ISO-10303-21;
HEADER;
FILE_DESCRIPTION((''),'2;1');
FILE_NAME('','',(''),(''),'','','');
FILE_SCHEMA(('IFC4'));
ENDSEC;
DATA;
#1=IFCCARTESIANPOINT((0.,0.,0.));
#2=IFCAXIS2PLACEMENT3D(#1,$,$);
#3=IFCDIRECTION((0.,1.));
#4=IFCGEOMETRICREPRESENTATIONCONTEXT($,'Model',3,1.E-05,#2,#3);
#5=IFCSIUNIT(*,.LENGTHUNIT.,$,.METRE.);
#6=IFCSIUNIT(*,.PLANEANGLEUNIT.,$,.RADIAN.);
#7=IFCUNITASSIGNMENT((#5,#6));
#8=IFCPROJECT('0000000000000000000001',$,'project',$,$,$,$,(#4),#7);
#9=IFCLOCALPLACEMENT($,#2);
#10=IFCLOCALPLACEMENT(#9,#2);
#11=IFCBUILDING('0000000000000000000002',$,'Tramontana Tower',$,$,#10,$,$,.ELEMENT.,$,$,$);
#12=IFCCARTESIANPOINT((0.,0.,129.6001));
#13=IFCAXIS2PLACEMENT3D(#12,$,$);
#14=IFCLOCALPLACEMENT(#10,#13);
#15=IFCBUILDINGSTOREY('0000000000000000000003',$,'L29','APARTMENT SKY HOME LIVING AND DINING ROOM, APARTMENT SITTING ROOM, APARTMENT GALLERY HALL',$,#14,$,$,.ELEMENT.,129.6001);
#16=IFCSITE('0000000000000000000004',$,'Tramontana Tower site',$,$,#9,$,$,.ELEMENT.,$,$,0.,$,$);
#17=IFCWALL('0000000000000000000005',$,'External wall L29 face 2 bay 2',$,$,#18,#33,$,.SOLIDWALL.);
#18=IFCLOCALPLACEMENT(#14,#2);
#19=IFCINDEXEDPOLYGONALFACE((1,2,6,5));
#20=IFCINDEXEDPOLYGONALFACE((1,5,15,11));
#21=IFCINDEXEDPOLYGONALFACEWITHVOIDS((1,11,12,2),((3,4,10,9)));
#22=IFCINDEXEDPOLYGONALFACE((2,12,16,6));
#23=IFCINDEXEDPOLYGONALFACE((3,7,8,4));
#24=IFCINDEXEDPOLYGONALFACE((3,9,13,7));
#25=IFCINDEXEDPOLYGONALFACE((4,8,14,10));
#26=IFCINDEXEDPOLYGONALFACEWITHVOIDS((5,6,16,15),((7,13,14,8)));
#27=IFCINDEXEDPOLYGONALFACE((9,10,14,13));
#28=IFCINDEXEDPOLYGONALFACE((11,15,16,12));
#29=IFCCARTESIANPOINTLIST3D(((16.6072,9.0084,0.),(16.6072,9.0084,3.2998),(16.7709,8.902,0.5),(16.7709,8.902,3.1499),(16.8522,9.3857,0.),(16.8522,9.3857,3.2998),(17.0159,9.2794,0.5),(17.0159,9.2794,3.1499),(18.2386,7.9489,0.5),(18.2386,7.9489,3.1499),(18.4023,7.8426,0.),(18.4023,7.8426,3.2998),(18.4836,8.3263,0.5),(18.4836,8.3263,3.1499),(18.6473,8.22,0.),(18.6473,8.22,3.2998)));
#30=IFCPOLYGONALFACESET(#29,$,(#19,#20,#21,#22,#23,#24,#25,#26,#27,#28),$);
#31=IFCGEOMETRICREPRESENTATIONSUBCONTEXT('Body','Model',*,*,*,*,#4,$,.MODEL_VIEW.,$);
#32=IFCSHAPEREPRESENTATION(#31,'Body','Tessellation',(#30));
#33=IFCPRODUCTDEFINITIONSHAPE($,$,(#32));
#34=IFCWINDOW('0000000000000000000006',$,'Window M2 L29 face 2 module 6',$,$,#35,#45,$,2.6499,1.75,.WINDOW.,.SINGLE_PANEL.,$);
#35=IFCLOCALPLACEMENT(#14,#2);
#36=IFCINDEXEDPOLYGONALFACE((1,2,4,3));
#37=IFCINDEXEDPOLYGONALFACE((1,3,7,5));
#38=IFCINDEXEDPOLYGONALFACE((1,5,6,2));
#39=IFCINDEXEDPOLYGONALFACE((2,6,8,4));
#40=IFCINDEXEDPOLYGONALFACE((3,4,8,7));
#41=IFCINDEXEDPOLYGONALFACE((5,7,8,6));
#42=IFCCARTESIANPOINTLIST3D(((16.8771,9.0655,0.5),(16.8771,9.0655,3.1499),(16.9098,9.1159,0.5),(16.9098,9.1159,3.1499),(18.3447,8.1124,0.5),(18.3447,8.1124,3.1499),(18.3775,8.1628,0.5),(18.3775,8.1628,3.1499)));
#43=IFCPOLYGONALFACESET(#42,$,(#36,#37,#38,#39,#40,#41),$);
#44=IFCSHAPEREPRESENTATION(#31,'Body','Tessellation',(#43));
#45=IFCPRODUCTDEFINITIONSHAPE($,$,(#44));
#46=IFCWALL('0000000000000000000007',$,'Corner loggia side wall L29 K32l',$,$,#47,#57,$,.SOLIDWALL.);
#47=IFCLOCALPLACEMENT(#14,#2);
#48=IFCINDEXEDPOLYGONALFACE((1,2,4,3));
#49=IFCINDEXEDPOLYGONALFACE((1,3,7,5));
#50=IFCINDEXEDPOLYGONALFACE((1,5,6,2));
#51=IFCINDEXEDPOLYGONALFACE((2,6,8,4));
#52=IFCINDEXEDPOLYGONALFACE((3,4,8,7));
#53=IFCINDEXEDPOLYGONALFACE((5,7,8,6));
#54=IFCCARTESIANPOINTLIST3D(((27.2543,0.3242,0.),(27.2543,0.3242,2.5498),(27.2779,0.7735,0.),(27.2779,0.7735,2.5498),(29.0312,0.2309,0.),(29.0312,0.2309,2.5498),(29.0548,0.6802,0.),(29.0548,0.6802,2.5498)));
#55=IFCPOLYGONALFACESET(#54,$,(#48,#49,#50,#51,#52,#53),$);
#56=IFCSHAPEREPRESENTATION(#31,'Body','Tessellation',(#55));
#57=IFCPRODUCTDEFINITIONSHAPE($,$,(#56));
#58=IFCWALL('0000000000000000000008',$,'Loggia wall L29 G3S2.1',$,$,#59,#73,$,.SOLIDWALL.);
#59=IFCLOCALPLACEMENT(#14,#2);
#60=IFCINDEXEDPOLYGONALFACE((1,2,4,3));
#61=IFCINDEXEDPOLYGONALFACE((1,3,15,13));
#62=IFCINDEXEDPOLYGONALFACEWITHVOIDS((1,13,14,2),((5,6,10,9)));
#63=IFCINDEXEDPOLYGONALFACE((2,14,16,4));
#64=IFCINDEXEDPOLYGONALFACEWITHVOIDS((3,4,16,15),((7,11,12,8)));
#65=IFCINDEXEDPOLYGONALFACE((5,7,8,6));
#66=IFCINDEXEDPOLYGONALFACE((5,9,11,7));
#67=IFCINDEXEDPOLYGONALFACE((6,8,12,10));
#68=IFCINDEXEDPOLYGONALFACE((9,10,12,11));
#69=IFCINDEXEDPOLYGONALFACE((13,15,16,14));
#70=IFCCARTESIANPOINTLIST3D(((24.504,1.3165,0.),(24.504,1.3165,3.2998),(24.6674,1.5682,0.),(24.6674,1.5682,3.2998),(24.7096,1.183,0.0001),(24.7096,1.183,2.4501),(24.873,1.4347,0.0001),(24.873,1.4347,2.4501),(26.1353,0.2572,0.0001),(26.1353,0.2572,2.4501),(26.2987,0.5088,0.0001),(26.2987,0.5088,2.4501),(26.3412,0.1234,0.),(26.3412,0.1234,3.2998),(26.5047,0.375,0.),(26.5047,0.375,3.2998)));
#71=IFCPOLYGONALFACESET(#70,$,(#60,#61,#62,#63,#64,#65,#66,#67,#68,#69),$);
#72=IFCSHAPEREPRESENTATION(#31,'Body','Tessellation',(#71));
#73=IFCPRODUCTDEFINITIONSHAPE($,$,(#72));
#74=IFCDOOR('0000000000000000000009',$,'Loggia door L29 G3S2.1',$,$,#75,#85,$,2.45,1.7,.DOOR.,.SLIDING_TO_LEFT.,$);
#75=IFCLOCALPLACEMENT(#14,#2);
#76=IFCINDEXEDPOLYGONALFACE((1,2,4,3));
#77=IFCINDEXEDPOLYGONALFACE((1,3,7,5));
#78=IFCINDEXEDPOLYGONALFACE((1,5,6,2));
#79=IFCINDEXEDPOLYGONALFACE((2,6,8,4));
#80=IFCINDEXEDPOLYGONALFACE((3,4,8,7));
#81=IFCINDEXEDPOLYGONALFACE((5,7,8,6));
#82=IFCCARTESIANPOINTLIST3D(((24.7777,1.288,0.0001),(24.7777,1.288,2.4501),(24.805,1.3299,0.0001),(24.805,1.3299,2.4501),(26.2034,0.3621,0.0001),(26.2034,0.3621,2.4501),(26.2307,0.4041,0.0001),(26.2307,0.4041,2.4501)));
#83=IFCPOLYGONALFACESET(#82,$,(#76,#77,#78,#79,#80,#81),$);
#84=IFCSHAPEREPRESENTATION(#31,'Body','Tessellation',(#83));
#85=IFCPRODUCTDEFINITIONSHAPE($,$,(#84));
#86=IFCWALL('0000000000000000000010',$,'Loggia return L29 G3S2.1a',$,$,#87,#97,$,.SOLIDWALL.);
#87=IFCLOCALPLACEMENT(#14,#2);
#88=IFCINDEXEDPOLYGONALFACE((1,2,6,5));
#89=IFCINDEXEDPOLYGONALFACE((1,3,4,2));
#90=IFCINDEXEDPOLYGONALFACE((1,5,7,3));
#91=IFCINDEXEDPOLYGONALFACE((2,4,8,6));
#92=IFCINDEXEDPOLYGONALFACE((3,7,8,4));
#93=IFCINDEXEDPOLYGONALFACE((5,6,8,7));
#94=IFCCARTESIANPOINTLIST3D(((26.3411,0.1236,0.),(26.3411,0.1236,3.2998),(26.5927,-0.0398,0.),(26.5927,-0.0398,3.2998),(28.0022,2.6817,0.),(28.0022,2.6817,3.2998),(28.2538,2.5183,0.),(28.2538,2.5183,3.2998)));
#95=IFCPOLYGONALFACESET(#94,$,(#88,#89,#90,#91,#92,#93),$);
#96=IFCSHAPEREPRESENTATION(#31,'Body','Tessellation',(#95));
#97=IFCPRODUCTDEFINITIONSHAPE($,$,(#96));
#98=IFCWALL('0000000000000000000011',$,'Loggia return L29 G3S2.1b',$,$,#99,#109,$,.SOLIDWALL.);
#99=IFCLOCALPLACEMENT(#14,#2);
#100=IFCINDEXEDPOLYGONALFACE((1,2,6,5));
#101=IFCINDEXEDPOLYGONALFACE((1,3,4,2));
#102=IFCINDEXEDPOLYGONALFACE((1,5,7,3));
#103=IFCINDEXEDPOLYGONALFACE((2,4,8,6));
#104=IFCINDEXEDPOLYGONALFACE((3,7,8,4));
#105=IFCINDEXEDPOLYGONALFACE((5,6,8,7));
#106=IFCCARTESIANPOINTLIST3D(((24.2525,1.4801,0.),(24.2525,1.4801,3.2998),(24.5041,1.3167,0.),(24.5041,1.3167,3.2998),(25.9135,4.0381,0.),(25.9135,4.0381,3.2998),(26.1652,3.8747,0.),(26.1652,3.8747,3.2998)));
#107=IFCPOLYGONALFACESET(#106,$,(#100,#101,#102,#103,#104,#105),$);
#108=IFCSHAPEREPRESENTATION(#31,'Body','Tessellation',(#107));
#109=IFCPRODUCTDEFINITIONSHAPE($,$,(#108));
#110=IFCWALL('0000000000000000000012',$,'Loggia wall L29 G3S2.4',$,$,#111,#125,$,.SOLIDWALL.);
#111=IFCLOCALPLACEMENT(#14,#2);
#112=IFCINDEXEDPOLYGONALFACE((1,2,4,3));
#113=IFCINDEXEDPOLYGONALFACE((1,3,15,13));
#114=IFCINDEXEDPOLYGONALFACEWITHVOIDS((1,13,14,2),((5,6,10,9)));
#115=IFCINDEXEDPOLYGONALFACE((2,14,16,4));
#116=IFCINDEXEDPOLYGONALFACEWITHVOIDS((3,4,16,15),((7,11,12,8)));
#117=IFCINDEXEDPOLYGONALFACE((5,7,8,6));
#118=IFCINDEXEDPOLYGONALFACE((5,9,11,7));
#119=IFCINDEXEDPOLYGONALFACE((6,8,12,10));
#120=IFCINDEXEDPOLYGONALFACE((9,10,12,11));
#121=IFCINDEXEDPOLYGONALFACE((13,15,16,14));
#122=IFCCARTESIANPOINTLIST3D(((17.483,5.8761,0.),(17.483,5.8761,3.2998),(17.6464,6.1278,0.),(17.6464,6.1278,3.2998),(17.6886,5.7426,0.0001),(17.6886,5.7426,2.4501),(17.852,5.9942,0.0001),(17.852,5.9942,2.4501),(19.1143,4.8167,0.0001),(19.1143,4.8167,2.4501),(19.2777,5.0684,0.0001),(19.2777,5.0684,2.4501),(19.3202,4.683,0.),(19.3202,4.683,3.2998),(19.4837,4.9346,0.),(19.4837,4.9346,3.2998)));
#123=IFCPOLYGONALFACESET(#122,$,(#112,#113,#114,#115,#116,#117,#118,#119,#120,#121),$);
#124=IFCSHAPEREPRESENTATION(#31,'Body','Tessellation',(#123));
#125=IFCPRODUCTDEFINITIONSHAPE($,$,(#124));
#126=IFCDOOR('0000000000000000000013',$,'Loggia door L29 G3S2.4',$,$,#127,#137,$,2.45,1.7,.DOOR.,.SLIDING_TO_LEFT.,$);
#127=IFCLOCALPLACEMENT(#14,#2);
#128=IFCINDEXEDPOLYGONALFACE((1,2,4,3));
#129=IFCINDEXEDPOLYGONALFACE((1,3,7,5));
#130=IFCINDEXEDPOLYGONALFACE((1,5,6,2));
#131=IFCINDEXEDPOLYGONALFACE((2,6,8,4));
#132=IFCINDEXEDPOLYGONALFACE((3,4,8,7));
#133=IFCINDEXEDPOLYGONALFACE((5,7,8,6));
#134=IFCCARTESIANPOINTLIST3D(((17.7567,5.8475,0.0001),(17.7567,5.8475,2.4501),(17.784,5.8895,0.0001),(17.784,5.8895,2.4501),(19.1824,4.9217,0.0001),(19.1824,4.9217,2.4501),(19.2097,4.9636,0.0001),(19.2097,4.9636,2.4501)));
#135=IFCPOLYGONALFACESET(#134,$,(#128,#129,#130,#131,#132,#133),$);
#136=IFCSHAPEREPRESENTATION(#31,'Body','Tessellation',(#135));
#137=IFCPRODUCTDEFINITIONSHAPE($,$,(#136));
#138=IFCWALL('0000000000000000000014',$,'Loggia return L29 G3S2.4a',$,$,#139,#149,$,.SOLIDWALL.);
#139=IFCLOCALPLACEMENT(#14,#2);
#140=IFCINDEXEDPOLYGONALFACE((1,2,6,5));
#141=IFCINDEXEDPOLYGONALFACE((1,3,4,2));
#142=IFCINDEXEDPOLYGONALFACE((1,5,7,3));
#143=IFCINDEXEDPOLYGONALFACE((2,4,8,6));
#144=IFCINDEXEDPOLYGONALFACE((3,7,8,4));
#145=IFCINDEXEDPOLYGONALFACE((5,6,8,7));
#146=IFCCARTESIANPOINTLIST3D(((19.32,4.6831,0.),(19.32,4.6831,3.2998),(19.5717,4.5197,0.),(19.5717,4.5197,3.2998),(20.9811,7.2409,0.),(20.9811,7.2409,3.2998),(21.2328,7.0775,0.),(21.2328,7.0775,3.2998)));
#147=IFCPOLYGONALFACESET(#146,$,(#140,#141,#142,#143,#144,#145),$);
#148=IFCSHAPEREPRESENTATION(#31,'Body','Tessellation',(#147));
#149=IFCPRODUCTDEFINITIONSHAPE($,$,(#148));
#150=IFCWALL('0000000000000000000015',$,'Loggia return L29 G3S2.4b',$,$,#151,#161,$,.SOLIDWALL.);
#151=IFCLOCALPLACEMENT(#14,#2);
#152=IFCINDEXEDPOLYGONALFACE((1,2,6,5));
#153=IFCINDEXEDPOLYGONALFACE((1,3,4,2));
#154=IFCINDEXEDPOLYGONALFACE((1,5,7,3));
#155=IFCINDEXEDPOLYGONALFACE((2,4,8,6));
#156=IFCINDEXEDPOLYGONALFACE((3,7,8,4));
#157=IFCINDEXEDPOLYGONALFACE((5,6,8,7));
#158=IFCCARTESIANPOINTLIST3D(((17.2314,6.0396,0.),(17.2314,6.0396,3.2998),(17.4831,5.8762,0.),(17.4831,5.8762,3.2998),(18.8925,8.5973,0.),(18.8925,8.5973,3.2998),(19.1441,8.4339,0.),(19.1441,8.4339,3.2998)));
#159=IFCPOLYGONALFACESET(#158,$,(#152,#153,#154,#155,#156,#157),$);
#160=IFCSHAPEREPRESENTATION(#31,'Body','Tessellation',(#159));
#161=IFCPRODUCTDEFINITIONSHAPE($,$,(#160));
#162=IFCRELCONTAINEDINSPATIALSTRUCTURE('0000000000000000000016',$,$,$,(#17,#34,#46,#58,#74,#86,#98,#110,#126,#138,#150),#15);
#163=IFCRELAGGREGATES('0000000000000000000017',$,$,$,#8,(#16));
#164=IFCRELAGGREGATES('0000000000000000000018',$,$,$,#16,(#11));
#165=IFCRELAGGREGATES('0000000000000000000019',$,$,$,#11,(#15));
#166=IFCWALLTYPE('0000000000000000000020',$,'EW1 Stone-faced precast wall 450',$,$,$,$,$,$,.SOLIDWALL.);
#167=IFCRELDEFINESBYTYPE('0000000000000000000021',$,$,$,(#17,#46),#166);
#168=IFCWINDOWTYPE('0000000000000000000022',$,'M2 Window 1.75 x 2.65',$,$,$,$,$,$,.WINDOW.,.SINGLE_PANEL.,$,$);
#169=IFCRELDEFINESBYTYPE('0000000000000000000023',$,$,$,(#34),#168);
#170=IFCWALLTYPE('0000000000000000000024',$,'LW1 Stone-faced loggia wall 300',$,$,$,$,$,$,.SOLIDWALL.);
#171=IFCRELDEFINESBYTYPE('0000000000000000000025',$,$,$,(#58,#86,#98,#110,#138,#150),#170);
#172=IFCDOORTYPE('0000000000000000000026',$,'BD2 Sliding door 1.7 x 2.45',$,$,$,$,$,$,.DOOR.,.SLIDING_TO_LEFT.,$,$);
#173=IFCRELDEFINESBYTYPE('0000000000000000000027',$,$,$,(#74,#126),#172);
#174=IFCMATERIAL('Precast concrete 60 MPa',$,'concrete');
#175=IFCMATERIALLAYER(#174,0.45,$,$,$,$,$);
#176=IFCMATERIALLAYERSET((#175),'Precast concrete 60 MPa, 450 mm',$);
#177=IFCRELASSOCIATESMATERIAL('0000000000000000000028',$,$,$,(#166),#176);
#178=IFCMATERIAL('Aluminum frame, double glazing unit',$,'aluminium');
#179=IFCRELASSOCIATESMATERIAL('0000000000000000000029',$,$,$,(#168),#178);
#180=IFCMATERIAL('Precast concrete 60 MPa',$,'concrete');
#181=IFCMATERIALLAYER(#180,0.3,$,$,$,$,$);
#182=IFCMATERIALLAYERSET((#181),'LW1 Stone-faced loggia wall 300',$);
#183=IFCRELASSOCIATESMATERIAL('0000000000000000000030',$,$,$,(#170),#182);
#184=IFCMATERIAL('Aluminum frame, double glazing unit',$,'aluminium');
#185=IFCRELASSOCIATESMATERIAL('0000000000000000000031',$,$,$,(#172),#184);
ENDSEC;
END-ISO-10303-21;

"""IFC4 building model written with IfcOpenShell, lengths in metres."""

from ifc_helpers import new_model, si_unit, direction, frame, frame_2d, origin, place, context, subcontext, project, spatial, rectangle, extrude, material, layer, layer_set, type_object, element, fill, save


model = new_model("IFC4")

# Units and contexts
model_context = context("Model", 3, precision=1e-05, world=origin(), true_north=direction((0.0, 1.0)))
body_context = subcontext(model_context, "Body", "Model", "MODEL_VIEW")
ifc_project = project(units=[si_unit("LENGTHUNIT", "METRE"), si_unit("PLANEANGLEUNIT", "RADIAN")], contexts=[model_context])

# Site, building, storey
site_placement = place(None, origin())
site = spatial("IfcSite", under=ifc_project, at=site_placement, Name="Tramontana Tower site", CompositionType="ELEMENT", RefElevation=0.0)
building_placement = place(site_placement, origin())
building = spatial("IfcBuilding", under=site, at=building_placement, Name="Tramontana Tower", CompositionType="ELEMENT")
storey_placement = place(building_placement, frame((0.0, 0.0, 129.6001)))
storey = spatial("IfcBuildingStorey", under=building, at=storey_placement, Name="L29", Description="APARTMENT SKY HOME LIVING AND DINING ROOM, APARTMENT SITTING ROOM, APARTMENT GALLERY HALL", CompositionType="ELEMENT", Elevation=129.6001)

# Wall, opening, window
ifc_material_1 = material(Name="Precast concrete 60 MPa", Category="concrete")
ifc_layer_1 = layer(ifc_material_1, 0.45)
ifc_layer_set_1 = layer_set([ifc_layer_1], Name="Precast concrete 60 MPa, 450 mm")
wall_type_1 = type_object("IfcWallType", Name="EW1 Stone-faced precast wall 450", PredefinedType="SOLIDWALL", material=ifc_layer_set_1)
ifc_material_2 = material(Name="Aluminum frame, double glazing unit", Category="aluminium")
window_type_1 = type_object("IfcWindowType", Name="M2 Window 1.75 x 2.65", PartitioningType="SINGLE_PANEL", PredefinedType="WINDOW", material=ifc_material_2)
wall_1_placement = place(storey_placement, frame((18.5249, 8.0312, 0.0), z_axis=(0.0, 0.0, 1.0), x_axis=(-0.838675, 0.544631, 0.0)))
wall_1 = element("IfcWall", 1, at=wall_1_placement, inside=storey, type_object=wall_type_1, Name="External wall L29 face 2 bay 2", PredefinedType="SOLIDWALL", context=body_context, shape_type="SweptSolid", body=[
    extrude(rectangle(XDim=2.1404, YDim=0.45, at=frame_2d((1.0703, 0.0))), origin(), (0.0, 0.0, 1.0), 3.2998),
])
opening_1_placement = place(wall_1_placement, frame((0.1953, 0.0, 0.5)))
opening_1 = element("IfcOpeningElement", 2, at=opening_1_placement, cuts=wall_1, PredefinedType="OPENING", context=body_context, shape_type="SweptSolid", body=[
    extrude(rectangle(XDim=1.75, YDim=2.6499, at=frame_2d((0.875, 1.325))), frame((0.0, 0.2349, 0.0), z_axis=(0.0, -1.0, 0.0), x_axis=(1.0, 0.0, 0.0)), (0.0, 0.0, 1.0), 0.47),
])
window_1_placement = place(opening_1_placement, origin())
window_1 = element("IfcWindow", 3, at=window_1_placement, inside=storey, type_object=window_type_1, Name="Window M2 L29 face 2 module 6", OverallHeight=2.6499, OverallWidth=1.75, PartitioningType="SINGLE_PANEL", PredefinedType="WINDOW", context=body_context, shape_type="SweptSolid", body=[
    extrude(rectangle(XDim=1.75, YDim=2.6499, at=frame_2d((0.875, 1.325))), frame((0.0, 0.03, 0.0), z_axis=(0.0, -1.0, 0.0), x_axis=(1.0, 0.0, 0.0)), (0.0, 0.0, 1.0), 0.0601),
])
fill(opening_1, window_1)

# Wall
wall_2_placement = place(storey_placement, frame((29.043, 0.4556, 0.0), z_axis=(0.0, 0.0, 1.0), x_axis=(-0.998625, 0.052415, 0.0)))
element("IfcWall", 4, at=wall_2_placement, inside=storey, type_object=wall_type_1, Name="Corner loggia side wall L29 K32l", PredefinedType="SOLIDWALL", context=body_context, shape_type="SweptSolid", body=[
    extrude(rectangle(XDim=1.7793, YDim=0.45, at=frame_2d((0.8896, 0.0))), origin(), (0.0, 0.0, 1.0), 2.5498),
])

# Wall, opening, door
ifc_material_3 = material(Name="Precast concrete 60 MPa", Category="concrete")
ifc_layer_2 = layer(ifc_material_3, 0.3)
ifc_layer_set_2 = layer_set([ifc_layer_2], Name="LW1 Stone-faced loggia wall 300")
wall_type_2 = type_object("IfcWallType", Name="LW1 Stone-faced loggia wall 300", PredefinedType="SOLIDWALL", material=ifc_layer_set_2)
wall_3_placement = place(storey_placement, frame((26.4229, 0.2493, 0.0), z_axis=(0.0, 0.0, 1.0), x_axis=(-0.83866, 0.544655, 0.0)))
wall_3 = element("IfcWall", 5, at=wall_3_placement, inside=storey, type_object=wall_type_2, Name="Loggia wall L29 G3S2.1", PredefinedType="SOLIDWALL", context=body_context, shape_type="SweptSolid", body=[
    extrude(rectangle(XDim=2.1907, YDim=0.3, at=frame_2d((1.0952, 0.0))), origin(), (0.0, 0.0, 1.0), 3.2998),
])
opening_2_placement = place(wall_3_placement, frame((0.2454, 0.0, 0.0)))
opening_2 = element("IfcOpeningElement", 6, at=opening_2_placement, cuts=wall_3, PredefinedType="OPENING", context=body_context, shape_type="SweptSolid", body=[
    extrude(rectangle(XDim=1.7, YDim=2.45, at=frame_2d((0.8501, 1.2251))), frame((0.0, 0.1599, 0.0), z_axis=(0.0, -1.0, 0.0), x_axis=(1.0, 0.0, 0.0)), (0.0, 0.0, 1.0), 0.3201),
])
ifc_material_4 = material(Name="Aluminum frame, double glazing unit", Category="aluminium")
door_type_1 = type_object("IfcDoorType", Name="BD2 Sliding door 1.7 x 2.45", OperationType="SLIDING_TO_LEFT", PredefinedType="DOOR", material=ifc_material_4)
door_1_placement = place(opening_2_placement, origin())
door_1 = element("IfcDoor", 7, at=door_1_placement, inside=storey, type_object=door_type_1, Name="Loggia door L29 G3S2.1", OperationType="SLIDING_TO_LEFT", OverallHeight=2.45, OverallWidth=1.7, PredefinedType="DOOR", context=body_context, shape_type="SweptSolid", body=[
    extrude(rectangle(XDim=1.7, YDim=2.45, at=frame_2d((0.8501, 1.2251))), frame((0.0, 0.0249, 0.0), z_axis=(0.0, -1.0, 0.0), x_axis=(1.0, 0.0, 0.0)), (0.0, 0.0, 1.0), 0.05),
])
fill(opening_2, door_1)

# Walls
for number, where, z_axis, x_axis, name in (
    (8, (28.1279, 2.5999, 0.0), (0.0, 0.0, 1.0), (-0.544611, -0.838689, 0.0), "Loggia return L29 G3S2.1a"),
    (9, (26.0393, 3.9563, 0.0), (0.0, 0.0, 1.0), (-0.544611, -0.838689, 0.0), "Loggia return L29 G3S2.1b"),
):
    element("IfcWall", number, at=place(storey_placement, frame(where, z_axis=z_axis, x_axis=x_axis)), inside=storey, type_object=wall_type_2, Name=name, PredefinedType="SOLIDWALL", context=body_context, shape_type="SweptSolid", body=[
        extrude(rectangle(XDim=3.05, YDim=0.3, at=frame_2d((1.5249, 0.0))), origin(), (0.0, 0.0, 1.0), 3.2998),
    ])

# Wall, opening, door
wall_4_placement = place(storey_placement, frame((19.4019, 4.8088, 0.0), z_axis=(0.0, 0.0, 1.0), x_axis=(-0.83866, 0.544655, 0.0)))
wall_4 = element("IfcWall", 10, at=wall_4_placement, inside=storey, type_object=wall_type_2, Name="Loggia wall L29 G3S2.4", PredefinedType="SOLIDWALL", context=body_context, shape_type="SweptSolid", body=[
    extrude(rectangle(XDim=2.1907, YDim=0.3, at=frame_2d((1.0952, 0.0))), origin(), (0.0, 0.0, 1.0), 3.2998),
])
opening_3_placement = place(wall_4_placement, frame((0.2454, 0.0, 0.0)))
opening_3 = element("IfcOpeningElement", 11, at=opening_3_placement, cuts=wall_4, PredefinedType="OPENING", context=body_context, shape_type="SweptSolid", body=[
    extrude(rectangle(XDim=1.7, YDim=2.45, at=frame_2d((0.8501, 1.2251))), frame((0.0, 0.1599, 0.0), z_axis=(0.0, -1.0, 0.0), x_axis=(1.0, 0.0, 0.0)), (0.0, 0.0, 1.0), 0.3201),
])
door_2_placement = place(opening_3_placement, origin())
door_2 = element("IfcDoor", 12, at=door_2_placement, inside=storey, type_object=door_type_1, Name="Loggia door L29 G3S2.4", OperationType="SLIDING_TO_LEFT", OverallHeight=2.45, OverallWidth=1.7, PredefinedType="DOOR", context=body_context, shape_type="SweptSolid", body=[
    extrude(rectangle(XDim=1.7, YDim=2.45, at=frame_2d((0.8501, 1.2251))), frame((0.0, 0.0249, 0.0), z_axis=(0.0, -1.0, 0.0), x_axis=(1.0, 0.0, 0.0)), (0.0, 0.0, 1.0), 0.05),
])
fill(opening_3, door_2)

# Walls
for number, where, z_axis, x_axis, name in (
    (13, (21.1069, 7.1592, 0.0), (0.0, 0.0, 1.0), (-0.544648, -0.838665, 0.0), "Loggia return L29 G3S2.4a"),
    (14, (19.0183, 8.5156, 0.0), (0.0, 0.0, 1.0), (-0.544648, -0.838665, 0.0), "Loggia return L29 G3S2.4b"),
):
    element("IfcWall", number, at=place(storey_placement, frame(where, z_axis=z_axis, x_axis=x_axis)), inside=storey, type_object=wall_type_2, Name=name, PredefinedType="SOLIDWALL", context=body_context, shape_type="SweptSolid", body=[
        extrude(rectangle(XDim=3.0498, YDim=0.3, at=frame_2d((1.5249, 0.0))), origin(), (0.0, 0.0, 1.0), 3.2998),
    ])

save(model, "model.ifc")
